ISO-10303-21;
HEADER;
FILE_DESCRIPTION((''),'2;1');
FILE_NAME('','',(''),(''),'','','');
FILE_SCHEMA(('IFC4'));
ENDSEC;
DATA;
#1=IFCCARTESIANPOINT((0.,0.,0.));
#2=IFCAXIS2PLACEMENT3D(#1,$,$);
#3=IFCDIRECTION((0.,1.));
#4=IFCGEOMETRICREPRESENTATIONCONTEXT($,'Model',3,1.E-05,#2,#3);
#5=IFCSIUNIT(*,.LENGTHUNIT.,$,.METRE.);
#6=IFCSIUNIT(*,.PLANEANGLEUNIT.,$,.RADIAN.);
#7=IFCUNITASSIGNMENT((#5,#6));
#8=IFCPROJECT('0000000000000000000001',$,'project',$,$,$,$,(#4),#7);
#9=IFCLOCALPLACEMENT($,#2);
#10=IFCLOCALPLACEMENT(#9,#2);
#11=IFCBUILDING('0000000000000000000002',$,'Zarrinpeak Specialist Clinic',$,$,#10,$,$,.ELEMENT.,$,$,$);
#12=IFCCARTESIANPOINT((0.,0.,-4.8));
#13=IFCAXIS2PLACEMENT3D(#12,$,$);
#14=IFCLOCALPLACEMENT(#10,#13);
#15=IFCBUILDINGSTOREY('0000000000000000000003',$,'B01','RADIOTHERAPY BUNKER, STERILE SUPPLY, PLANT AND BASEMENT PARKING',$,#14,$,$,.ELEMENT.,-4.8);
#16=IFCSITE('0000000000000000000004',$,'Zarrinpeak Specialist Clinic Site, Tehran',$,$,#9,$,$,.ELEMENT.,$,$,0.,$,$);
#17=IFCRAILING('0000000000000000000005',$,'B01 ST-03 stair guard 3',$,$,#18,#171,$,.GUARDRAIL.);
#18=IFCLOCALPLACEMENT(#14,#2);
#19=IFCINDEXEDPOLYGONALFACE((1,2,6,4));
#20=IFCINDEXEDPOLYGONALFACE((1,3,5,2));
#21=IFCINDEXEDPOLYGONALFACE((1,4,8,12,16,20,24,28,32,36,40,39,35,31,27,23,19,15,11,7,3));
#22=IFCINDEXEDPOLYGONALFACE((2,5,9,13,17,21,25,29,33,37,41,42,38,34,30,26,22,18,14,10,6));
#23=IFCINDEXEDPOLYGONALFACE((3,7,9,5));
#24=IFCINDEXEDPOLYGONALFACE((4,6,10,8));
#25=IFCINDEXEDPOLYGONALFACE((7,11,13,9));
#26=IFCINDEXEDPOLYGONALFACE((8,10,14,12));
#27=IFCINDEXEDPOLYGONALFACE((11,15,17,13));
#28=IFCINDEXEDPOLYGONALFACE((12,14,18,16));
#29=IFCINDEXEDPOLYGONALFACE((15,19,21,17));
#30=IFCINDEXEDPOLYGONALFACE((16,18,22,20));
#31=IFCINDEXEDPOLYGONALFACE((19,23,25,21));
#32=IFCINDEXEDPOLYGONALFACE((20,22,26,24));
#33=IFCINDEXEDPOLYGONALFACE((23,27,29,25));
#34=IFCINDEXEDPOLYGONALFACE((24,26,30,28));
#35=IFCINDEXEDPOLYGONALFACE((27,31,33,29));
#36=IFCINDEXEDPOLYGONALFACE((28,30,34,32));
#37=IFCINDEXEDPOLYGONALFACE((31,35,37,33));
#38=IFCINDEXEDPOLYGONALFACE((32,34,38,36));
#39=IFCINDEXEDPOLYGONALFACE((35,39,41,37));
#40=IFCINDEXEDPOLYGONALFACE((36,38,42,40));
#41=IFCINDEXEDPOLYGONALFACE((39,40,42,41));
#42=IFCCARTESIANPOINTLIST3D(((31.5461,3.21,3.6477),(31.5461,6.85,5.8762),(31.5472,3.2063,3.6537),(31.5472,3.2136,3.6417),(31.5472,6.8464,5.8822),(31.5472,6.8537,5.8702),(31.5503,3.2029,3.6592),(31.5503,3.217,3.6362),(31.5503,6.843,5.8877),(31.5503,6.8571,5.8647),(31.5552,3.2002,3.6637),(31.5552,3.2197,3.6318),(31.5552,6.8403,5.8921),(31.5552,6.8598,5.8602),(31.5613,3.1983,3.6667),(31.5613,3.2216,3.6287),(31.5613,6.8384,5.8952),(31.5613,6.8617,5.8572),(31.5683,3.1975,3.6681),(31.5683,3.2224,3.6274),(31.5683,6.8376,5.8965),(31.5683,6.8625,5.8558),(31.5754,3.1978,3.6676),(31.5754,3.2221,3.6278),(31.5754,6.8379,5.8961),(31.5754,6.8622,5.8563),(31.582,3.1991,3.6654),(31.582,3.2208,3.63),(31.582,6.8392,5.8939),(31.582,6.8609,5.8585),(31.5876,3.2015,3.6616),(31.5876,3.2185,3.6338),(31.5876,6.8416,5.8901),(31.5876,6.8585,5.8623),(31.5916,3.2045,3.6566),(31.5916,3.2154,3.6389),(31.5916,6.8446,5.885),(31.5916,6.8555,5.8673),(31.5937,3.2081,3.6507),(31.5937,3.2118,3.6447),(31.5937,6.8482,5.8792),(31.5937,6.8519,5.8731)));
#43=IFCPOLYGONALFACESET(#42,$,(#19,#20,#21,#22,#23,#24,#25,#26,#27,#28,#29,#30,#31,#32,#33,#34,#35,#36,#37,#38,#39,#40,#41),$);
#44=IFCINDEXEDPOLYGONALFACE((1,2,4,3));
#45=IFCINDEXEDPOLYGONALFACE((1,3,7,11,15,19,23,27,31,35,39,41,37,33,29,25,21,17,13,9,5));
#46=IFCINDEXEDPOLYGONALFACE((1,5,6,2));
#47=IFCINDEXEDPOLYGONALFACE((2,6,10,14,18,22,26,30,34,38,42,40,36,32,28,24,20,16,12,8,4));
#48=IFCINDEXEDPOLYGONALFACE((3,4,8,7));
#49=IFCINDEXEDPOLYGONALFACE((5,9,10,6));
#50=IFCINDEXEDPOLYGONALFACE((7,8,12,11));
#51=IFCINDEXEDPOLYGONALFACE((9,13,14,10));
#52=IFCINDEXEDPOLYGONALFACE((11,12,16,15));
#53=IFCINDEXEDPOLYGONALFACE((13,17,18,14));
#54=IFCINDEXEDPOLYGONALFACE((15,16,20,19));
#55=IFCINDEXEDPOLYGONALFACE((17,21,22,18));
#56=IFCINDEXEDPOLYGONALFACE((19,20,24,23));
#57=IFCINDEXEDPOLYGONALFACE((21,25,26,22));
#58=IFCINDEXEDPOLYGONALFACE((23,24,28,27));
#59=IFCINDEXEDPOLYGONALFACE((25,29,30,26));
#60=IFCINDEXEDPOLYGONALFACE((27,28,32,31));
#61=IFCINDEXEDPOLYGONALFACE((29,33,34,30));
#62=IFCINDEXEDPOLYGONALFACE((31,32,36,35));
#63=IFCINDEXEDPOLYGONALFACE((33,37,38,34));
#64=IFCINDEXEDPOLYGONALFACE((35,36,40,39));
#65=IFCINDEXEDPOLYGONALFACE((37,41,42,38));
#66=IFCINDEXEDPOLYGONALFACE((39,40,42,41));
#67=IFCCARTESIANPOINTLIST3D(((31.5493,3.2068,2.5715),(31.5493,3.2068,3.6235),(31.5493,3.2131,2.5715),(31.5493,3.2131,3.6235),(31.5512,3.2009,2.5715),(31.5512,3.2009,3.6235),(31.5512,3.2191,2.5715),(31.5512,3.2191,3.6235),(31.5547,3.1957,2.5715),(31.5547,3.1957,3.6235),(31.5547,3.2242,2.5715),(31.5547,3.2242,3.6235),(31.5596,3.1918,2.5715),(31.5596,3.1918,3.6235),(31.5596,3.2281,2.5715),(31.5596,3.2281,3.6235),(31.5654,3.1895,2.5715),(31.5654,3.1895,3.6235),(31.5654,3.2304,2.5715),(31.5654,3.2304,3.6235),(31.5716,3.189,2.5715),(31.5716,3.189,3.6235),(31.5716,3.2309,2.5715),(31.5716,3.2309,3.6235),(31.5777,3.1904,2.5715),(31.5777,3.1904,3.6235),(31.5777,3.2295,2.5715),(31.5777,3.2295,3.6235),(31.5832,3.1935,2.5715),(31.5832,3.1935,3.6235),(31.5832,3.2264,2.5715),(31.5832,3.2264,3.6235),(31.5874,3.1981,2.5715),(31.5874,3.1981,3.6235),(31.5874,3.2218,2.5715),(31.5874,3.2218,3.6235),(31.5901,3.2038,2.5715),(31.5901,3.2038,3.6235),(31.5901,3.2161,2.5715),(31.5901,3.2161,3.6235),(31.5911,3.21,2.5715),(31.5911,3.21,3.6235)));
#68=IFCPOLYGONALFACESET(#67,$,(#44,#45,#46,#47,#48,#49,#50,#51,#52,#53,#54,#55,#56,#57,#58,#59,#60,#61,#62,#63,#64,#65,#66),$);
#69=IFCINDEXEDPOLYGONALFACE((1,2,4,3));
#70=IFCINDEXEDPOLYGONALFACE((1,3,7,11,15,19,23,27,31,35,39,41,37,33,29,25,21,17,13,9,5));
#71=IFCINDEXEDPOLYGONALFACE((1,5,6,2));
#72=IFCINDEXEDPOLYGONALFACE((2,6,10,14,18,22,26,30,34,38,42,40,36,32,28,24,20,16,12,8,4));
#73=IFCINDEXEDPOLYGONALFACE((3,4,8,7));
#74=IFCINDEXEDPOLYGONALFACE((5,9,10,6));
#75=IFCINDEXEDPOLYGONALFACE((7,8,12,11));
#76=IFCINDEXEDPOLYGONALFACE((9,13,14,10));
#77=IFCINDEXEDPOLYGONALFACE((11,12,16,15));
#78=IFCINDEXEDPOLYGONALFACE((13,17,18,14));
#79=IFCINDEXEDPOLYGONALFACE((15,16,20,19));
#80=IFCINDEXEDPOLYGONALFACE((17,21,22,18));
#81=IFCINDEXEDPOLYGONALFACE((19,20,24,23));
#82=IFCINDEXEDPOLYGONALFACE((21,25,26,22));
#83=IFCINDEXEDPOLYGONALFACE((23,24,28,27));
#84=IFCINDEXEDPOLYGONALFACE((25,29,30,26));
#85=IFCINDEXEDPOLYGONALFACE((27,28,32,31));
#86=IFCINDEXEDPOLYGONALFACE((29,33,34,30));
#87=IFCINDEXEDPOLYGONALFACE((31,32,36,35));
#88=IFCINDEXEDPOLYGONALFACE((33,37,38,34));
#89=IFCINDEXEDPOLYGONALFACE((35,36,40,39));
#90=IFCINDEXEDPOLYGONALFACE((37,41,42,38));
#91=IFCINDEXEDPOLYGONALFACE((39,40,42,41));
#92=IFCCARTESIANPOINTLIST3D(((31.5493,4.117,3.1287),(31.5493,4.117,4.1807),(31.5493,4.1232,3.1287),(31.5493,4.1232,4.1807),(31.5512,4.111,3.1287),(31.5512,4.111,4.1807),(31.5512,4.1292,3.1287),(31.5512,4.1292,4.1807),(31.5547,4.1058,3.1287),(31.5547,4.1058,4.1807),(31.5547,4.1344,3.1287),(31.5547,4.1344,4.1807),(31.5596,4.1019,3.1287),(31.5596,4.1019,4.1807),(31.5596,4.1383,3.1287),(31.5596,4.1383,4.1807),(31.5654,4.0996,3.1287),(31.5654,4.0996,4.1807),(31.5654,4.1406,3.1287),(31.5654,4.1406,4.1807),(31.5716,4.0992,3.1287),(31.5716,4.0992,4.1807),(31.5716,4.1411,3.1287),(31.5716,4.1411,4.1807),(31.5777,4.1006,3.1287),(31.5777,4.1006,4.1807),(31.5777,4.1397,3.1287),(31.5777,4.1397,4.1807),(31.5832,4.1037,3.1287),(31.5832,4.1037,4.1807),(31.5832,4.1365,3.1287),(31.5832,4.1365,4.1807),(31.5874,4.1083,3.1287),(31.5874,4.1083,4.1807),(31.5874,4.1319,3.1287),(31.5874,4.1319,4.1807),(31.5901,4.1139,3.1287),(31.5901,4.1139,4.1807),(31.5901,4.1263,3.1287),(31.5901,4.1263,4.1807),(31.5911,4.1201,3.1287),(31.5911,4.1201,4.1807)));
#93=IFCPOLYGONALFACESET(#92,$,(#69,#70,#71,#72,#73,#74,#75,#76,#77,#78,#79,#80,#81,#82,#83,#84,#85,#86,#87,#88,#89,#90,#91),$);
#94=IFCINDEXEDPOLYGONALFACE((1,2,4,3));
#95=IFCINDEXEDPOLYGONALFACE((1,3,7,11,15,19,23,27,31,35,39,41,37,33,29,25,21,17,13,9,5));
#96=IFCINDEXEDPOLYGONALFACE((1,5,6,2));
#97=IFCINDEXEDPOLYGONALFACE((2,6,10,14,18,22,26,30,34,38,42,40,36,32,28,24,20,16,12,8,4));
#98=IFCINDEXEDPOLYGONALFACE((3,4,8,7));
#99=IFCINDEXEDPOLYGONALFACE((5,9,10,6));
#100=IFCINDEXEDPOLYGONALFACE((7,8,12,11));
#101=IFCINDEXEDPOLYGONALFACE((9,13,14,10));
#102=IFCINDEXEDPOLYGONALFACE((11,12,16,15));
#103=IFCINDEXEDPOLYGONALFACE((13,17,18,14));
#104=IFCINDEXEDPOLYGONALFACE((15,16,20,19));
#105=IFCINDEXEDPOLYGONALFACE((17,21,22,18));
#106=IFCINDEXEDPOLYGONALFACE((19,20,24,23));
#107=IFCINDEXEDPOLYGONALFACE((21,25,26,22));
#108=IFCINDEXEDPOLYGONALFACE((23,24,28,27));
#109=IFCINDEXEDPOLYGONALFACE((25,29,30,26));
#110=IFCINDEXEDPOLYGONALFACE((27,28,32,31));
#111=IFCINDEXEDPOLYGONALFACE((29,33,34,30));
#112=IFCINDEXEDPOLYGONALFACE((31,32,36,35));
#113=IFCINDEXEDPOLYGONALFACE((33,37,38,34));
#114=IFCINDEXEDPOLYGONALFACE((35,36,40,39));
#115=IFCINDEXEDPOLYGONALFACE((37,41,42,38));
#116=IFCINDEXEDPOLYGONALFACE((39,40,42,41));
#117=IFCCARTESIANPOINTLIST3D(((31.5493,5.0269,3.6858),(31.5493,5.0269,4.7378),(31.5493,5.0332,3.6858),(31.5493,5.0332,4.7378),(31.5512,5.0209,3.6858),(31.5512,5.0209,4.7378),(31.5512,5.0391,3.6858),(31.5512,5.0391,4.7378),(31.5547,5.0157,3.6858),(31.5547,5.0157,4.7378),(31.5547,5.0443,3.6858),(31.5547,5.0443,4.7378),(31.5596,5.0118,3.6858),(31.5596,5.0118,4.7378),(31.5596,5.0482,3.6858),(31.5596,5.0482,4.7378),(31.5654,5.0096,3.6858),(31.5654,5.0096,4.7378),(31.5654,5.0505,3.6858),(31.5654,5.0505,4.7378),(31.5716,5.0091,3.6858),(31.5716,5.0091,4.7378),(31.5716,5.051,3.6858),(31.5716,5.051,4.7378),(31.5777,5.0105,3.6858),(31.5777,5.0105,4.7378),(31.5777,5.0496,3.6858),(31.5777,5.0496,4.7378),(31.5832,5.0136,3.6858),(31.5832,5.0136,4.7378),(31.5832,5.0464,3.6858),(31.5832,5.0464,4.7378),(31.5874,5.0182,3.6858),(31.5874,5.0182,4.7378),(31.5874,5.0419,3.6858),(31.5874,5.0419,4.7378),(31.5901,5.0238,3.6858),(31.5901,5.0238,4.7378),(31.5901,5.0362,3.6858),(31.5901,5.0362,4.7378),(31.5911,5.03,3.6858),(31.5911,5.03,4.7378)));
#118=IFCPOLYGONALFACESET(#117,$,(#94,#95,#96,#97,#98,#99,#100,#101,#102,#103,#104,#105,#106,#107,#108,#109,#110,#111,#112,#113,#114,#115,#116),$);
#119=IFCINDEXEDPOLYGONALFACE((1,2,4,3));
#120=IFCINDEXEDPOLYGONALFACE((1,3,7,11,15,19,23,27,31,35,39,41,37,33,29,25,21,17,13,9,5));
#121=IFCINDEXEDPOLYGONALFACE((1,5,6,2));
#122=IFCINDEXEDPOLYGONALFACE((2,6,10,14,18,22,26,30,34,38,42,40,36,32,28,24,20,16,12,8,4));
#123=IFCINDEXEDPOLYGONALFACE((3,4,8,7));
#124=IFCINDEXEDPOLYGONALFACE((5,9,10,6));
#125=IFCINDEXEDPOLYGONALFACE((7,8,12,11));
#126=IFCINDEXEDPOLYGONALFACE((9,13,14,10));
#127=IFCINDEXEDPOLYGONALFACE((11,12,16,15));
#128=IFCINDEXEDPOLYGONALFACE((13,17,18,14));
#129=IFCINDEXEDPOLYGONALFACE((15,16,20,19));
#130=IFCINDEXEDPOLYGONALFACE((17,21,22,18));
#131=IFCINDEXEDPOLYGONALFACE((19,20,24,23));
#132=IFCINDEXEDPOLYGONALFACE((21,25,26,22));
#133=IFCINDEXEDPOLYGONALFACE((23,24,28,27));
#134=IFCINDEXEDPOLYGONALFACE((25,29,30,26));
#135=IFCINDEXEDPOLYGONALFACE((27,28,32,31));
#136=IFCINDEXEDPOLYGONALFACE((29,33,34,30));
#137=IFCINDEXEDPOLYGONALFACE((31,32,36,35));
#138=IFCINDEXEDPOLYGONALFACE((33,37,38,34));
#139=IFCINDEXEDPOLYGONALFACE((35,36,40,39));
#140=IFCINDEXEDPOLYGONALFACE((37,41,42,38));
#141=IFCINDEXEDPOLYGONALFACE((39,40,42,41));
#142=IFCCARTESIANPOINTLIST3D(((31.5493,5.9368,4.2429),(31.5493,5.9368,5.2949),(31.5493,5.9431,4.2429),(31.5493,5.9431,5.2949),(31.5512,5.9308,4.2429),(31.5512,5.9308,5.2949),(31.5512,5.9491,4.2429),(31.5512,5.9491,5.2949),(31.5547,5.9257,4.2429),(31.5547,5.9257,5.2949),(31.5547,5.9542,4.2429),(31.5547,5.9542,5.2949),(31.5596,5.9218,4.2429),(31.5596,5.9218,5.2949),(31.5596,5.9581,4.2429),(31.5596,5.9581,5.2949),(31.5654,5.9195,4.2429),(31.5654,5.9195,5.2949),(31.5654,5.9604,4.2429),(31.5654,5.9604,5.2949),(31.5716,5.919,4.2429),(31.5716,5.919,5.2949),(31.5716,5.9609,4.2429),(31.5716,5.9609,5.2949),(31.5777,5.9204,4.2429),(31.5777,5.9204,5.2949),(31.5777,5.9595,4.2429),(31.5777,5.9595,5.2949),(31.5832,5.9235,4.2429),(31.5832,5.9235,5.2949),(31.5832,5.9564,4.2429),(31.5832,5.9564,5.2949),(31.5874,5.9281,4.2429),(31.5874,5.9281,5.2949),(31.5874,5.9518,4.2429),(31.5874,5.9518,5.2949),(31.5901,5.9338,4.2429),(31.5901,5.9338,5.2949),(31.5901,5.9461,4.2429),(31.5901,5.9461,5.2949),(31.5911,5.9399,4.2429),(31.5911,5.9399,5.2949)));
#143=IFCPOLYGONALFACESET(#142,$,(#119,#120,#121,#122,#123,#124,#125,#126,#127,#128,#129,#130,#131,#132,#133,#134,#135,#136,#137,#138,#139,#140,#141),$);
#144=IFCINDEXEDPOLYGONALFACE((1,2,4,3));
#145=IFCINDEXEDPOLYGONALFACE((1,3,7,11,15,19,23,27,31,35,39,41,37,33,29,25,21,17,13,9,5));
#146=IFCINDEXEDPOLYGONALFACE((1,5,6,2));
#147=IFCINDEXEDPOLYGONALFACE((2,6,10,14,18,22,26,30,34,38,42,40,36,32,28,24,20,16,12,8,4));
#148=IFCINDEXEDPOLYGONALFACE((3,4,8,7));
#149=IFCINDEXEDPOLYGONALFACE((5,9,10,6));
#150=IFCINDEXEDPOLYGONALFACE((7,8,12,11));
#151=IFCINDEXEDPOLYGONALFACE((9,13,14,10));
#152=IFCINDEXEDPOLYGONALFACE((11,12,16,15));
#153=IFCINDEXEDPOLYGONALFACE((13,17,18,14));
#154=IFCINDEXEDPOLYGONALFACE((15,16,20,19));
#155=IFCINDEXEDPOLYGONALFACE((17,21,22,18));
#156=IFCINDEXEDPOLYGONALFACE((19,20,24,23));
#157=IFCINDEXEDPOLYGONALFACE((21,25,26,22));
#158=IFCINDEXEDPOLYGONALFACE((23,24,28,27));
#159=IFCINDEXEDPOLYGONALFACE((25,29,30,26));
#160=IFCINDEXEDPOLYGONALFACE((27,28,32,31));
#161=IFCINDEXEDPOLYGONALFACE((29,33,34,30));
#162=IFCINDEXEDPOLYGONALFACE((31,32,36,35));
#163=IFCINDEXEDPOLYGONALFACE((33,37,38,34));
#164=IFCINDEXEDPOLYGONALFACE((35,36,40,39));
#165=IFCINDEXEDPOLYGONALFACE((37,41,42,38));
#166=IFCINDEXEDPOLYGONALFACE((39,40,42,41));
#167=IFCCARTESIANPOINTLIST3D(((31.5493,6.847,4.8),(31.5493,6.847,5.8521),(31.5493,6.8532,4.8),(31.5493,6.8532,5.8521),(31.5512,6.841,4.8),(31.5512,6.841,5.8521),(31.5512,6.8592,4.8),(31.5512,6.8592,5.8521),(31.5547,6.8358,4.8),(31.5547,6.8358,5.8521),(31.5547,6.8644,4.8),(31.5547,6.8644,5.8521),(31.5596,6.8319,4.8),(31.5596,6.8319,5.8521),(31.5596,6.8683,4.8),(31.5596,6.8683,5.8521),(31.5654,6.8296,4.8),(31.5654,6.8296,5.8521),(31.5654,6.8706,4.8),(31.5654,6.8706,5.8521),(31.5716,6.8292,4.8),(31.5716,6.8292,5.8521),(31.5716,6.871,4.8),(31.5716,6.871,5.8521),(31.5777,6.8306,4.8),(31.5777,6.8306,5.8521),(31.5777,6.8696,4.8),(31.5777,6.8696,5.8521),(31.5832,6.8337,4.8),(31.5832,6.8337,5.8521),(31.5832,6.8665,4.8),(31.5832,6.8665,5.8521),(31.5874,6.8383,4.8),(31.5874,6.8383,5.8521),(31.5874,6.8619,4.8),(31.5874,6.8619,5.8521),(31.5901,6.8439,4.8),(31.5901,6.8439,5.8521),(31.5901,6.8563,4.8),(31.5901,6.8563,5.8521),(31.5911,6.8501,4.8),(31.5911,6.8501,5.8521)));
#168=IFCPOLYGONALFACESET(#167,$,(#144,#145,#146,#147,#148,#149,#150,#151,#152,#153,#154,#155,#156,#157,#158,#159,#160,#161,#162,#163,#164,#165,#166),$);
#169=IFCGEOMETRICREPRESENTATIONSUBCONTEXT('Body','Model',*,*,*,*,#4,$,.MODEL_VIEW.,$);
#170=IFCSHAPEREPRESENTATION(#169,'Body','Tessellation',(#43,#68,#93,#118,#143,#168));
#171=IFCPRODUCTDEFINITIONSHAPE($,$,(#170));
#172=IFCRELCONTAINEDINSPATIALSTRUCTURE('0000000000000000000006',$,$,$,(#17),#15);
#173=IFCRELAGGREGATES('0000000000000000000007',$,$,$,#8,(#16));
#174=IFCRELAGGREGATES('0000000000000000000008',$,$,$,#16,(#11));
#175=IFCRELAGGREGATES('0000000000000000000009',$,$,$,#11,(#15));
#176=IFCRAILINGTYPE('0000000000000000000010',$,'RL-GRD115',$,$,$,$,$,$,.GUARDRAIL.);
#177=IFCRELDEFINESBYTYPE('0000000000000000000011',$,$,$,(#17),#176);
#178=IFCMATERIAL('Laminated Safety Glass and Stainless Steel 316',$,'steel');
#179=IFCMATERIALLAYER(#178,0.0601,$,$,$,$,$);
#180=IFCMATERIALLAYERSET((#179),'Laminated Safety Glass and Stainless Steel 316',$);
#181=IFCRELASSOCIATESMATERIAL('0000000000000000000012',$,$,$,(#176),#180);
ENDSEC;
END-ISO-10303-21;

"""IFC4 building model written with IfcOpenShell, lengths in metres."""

from ifc_helpers import new_model, si_unit, direction, frame, origin, origin_2d, place, context, subcontext, project, spatial, circle, extrude, material, layer, layer_set, type_object, element, save


model = new_model("IFC4")

# Units and contexts
model_context = context("Model", 3, precision=1e-05, world=origin(), true_north=direction((0.0, 1.0)))
body_context = subcontext(model_context, "Body", "Model", "MODEL_VIEW")
ifc_project = project(units=[si_unit("LENGTHUNIT", "METRE"), si_unit("PLANEANGLEUNIT", "RADIAN")], contexts=[model_context])

# Site, building, storey
site_placement = place(None, origin())
site = spatial("IfcSite", under=ifc_project, at=site_placement, Name="Zarrinpeak Specialist Clinic Site, Tehran", CompositionType="ELEMENT", RefElevation=0.0)
building_placement = place(site_placement, origin())
building = spatial("IfcBuilding", under=site, at=building_placement, Name="Zarrinpeak Specialist Clinic", CompositionType="ELEMENT")
storey_placement = place(building_placement, frame((0.0, 0.0, -4.8)))
storey = spatial("IfcBuildingStorey", under=building, at=storey_placement, Name="B01", Description="RADIOTHERAPY BUNKER, STERILE SUPPLY, PLANT AND BASEMENT PARKING", CompositionType="ELEMENT", Elevation=-4.8)

# Railing
ifc_material_1 = material(Name="Laminated Safety Glass and Stainless Steel 316", Category="steel")
ifc_layer_1 = layer(ifc_material_1, 0.0601)
ifc_layer_set_1 = layer_set([ifc_layer_1], Name="Laminated Safety Glass and Stainless Steel 316")
railing_type_1 = type_object("IfcRailingType", Name="RL-GRD115", PredefinedType="GUARDRAIL", material=ifc_layer_set_1)
railing_1_placement = place(storey_placement, frame((31.5701, 3.21, 2.5715)))
element("IfcRailing", 1, at=railing_1_placement, inside=storey, type_object=railing_type_1, Name="B01 ST-03 stair guard 3", PredefinedType="GUARDRAIL", context=body_context, shape_type="SweptSolid", body=[
    extrude(circle(Radius=0.0239, at=origin_2d()), frame((0.0, 0.0, 1.0762), z_axis=(0.0, 0.852866, 0.52213), x_axis=(-1.0, 0.0, 0.0)), (0.0, 0.0, 1.0), 4.2681),
    extrude(circle(Radius=0.021, at=origin_2d()), origin(), (0.0, 0.0, 1.0), 1.052),
    extrude(circle(Radius=0.021, at=origin_2d()), frame((0.0, 0.9102, 0.5571)), (0.0, 0.0, 1.0), 1.052),
    extrude(circle(Radius=0.021, at=origin_2d()), frame((0.0, 1.8201, 1.1143)), (0.0, 0.0, 1.0), 1.052),
    extrude(circle(Radius=0.021, at=origin_2d()), frame((0.0, 2.73, 1.6714)), (0.0, 0.0, 1.0), 1.052),
    extrude(circle(Radius=0.021, at=origin_2d()), frame((0.0, 3.6401, 2.2285)), (0.0, 0.0, 1.0), 1.052),
])

save(model, "model.ifc")
